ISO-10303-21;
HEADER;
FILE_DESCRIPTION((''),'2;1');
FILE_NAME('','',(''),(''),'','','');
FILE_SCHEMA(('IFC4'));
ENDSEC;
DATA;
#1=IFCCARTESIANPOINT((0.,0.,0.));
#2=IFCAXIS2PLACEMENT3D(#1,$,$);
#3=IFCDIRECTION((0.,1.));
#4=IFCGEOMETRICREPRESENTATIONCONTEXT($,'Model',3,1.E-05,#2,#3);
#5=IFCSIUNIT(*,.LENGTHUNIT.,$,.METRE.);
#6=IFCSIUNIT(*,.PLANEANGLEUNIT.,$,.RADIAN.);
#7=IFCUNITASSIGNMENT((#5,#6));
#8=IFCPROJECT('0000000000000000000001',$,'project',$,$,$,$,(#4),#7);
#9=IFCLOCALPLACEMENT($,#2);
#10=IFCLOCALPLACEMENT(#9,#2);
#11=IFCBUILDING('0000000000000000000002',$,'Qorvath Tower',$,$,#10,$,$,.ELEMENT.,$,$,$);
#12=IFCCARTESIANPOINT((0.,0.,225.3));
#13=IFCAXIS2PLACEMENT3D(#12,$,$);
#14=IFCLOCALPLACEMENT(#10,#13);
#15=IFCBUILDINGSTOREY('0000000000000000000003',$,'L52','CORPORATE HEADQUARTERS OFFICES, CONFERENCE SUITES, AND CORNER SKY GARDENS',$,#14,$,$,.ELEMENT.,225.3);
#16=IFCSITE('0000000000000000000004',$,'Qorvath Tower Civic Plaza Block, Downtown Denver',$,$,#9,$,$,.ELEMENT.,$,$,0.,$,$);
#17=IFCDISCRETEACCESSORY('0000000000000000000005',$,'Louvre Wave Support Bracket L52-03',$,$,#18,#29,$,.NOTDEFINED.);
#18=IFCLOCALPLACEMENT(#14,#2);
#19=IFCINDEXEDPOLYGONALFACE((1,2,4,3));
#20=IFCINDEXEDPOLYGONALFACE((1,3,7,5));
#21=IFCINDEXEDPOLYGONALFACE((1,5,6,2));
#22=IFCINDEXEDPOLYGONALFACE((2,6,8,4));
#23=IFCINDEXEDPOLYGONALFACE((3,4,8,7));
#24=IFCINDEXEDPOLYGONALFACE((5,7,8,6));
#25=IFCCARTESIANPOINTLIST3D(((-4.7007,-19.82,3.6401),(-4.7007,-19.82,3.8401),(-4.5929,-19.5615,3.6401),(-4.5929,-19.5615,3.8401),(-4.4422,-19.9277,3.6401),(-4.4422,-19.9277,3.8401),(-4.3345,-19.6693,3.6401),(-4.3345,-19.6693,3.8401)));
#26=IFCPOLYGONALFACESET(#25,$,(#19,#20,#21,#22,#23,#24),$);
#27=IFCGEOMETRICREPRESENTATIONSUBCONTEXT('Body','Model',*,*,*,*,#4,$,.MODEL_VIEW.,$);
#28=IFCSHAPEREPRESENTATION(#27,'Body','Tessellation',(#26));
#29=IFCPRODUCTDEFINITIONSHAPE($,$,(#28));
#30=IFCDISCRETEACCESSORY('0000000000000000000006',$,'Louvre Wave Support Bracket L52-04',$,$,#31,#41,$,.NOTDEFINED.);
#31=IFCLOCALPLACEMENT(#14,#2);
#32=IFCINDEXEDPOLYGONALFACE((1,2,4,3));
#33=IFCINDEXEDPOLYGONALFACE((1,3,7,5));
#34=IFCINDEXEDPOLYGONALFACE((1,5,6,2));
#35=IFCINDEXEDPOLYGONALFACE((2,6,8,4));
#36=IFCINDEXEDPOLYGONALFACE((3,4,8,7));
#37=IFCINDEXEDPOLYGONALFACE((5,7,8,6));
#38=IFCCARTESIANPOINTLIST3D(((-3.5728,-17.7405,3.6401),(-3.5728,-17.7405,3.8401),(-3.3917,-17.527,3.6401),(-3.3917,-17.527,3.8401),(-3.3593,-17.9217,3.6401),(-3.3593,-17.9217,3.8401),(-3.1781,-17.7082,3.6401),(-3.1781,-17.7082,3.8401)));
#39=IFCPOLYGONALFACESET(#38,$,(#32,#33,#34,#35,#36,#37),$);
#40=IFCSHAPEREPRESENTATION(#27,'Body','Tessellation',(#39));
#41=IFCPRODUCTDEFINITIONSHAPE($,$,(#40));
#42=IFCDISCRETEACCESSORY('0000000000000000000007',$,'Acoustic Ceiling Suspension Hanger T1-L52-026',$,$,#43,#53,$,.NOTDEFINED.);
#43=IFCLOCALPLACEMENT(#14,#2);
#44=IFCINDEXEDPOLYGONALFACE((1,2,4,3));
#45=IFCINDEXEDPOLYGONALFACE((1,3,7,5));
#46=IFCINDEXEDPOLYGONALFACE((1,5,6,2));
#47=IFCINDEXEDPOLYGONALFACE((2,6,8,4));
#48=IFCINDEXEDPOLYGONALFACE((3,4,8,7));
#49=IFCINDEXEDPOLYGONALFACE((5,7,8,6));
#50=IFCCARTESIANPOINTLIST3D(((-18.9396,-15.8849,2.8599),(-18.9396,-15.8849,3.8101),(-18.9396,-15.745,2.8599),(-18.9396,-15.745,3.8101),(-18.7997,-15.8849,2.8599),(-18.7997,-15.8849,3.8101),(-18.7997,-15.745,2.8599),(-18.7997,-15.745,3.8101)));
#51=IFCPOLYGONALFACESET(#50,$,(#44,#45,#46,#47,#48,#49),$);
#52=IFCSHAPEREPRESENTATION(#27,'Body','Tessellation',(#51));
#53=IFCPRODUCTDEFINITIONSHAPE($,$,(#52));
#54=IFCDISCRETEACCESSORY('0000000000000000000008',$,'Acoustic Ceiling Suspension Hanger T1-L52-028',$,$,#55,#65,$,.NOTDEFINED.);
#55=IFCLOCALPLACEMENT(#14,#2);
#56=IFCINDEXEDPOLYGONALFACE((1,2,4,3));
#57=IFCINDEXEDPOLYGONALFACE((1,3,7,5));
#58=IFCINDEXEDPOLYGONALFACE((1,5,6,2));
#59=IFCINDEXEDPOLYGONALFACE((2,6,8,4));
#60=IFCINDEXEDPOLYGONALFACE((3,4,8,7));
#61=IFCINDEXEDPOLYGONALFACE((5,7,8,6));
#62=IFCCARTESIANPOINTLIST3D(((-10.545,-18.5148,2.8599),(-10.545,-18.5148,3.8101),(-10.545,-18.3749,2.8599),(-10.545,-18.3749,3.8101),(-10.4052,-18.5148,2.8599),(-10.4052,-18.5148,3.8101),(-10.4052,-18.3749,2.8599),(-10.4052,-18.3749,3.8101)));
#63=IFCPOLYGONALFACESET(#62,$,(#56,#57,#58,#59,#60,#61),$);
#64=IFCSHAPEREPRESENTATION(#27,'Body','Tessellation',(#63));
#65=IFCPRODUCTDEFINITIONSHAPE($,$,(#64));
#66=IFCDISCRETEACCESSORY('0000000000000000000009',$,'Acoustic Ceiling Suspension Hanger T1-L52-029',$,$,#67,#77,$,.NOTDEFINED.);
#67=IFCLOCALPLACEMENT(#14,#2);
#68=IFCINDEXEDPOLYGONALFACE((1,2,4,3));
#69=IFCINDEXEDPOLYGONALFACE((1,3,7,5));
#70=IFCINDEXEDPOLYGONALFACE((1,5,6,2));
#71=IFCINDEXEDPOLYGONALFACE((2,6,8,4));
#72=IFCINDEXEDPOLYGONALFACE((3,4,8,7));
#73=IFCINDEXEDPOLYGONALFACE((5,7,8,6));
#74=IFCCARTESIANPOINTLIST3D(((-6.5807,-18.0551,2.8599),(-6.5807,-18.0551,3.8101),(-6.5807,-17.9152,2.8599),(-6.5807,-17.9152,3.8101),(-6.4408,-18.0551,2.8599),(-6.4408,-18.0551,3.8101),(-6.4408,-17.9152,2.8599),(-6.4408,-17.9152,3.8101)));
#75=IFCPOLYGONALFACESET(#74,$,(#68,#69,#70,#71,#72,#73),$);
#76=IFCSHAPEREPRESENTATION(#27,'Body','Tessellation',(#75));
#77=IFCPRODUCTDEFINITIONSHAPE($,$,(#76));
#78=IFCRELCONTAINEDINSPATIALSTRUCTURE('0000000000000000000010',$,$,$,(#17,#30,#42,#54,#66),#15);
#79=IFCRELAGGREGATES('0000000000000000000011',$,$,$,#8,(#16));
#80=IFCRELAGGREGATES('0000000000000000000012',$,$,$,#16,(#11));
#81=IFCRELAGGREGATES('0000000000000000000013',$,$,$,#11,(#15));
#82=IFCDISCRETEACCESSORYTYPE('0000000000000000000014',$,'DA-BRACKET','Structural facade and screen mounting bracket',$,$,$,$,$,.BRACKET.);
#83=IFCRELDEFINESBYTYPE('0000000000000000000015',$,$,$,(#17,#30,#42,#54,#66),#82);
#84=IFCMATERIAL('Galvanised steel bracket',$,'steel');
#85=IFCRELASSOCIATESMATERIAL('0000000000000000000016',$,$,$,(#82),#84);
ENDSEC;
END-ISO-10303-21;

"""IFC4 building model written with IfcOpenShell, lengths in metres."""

from ifc_helpers import new_model, si_unit, direction, frame, origin, origin_2d, place, context, subcontext, project, spatial, rectangle, extrude, material, type_object, element, save


model = new_model("IFC4")

# Units and contexts
model_context = context("Model", 3, precision=1e-05, world=origin(), true_north=direction((0.0, 1.0)))
body_context = subcontext(model_context, "Body", "Model", "MODEL_VIEW")
ifc_project = project(units=[si_unit("LENGTHUNIT", "METRE"), si_unit("PLANEANGLEUNIT", "RADIAN")], contexts=[model_context])

# Site, building, storey
site_placement = place(None, origin())
site = spatial("IfcSite", under=ifc_project, at=site_placement, Name="Qorvath Tower Civic Plaza Block, Downtown Denver", CompositionType="ELEMENT", RefElevation=0.0)
building_placement = place(site_placement, origin())
building = spatial("IfcBuilding", under=site, at=building_placement, Name="Qorvath Tower", CompositionType="ELEMENT")
storey_placement = place(building_placement, frame((0.0, 0.0, 225.3)))
storey = spatial("IfcBuildingStorey", under=building, at=storey_placement, Name="L52", Description="CORPORATE HEADQUARTERS OFFICES, CONFERENCE SUITES, AND CORNER SKY GARDENS", CompositionType="ELEMENT", Elevation=225.3)

# Discrete accessories
ifc_material_1 = material(Name="Galvanised steel bracket", Category="steel")
discrete_accessory_type = type_object("IfcDiscreteAccessoryType", Name="DA-BRACKET", Description="Structural facade and screen mounting bracket", PredefinedType="BRACKET", material=ifc_material_1)
for number, where, z_axis, x_axis, name in (
    (1, (-4.5176, -19.7446, 3.6401), (0.0, 0.0, 1.0), (0.384891, 0.922962, 0.0), "Louvre Wave Support Bracket L52-03"),
    (2, (-3.3755, -17.7244, 3.6401), (0.0, 0.0, 1.0), (0.647031, 0.762464, 0.0), "Louvre Wave Support Bracket L52-04"),
):
    element("IfcDiscreteAccessory", number, at=place(storey_placement, frame(where, z_axis=z_axis, x_axis=x_axis)), inside=storey, type_object=discrete_accessory_type, Name=name, PredefinedType="NOTDEFINED", context=body_context, shape_type="SweptSolid", body=[
        extrude(rectangle(XDim=0.28, YDim=0.28, at=origin_2d()), origin(), (0.0, 0.0, 1.0), 0.2),
    ])
for number, where, z_axis, x_axis, name in (
    (3, (-18.8696, -15.8149, 2.8599), (0.0, 0.0, 1.0), (1.0, 0.0, 0.0), "Acoustic Ceiling Suspension Hanger T1-L52-026"),
    (4, (-10.4751, -18.4448, 2.8599), (0.0, 0.0, 1.0), (1.0, 0.0, 0.0), "Acoustic Ceiling Suspension Hanger T1-L52-028"),
    (5, (-6.5107, -17.9851, 2.8599), (0.0, 0.0, 1.0), (1.0, 0.0, 0.0), "Acoustic Ceiling Suspension Hanger T1-L52-029"),
):
    element("IfcDiscreteAccessory", number, at=place(storey_placement, frame(where, z_axis=z_axis, x_axis=x_axis)), inside=storey, type_object=discrete_accessory_type, Name=name, PredefinedType="NOTDEFINED", context=body_context, shape_type="SweptSolid", body=[
        extrude(rectangle(XDim=0.1399, YDim=0.1399, at=origin_2d()), origin(), (0.0, 0.0, 1.0), 0.9502),
    ])

save(model, "model.ifc")
